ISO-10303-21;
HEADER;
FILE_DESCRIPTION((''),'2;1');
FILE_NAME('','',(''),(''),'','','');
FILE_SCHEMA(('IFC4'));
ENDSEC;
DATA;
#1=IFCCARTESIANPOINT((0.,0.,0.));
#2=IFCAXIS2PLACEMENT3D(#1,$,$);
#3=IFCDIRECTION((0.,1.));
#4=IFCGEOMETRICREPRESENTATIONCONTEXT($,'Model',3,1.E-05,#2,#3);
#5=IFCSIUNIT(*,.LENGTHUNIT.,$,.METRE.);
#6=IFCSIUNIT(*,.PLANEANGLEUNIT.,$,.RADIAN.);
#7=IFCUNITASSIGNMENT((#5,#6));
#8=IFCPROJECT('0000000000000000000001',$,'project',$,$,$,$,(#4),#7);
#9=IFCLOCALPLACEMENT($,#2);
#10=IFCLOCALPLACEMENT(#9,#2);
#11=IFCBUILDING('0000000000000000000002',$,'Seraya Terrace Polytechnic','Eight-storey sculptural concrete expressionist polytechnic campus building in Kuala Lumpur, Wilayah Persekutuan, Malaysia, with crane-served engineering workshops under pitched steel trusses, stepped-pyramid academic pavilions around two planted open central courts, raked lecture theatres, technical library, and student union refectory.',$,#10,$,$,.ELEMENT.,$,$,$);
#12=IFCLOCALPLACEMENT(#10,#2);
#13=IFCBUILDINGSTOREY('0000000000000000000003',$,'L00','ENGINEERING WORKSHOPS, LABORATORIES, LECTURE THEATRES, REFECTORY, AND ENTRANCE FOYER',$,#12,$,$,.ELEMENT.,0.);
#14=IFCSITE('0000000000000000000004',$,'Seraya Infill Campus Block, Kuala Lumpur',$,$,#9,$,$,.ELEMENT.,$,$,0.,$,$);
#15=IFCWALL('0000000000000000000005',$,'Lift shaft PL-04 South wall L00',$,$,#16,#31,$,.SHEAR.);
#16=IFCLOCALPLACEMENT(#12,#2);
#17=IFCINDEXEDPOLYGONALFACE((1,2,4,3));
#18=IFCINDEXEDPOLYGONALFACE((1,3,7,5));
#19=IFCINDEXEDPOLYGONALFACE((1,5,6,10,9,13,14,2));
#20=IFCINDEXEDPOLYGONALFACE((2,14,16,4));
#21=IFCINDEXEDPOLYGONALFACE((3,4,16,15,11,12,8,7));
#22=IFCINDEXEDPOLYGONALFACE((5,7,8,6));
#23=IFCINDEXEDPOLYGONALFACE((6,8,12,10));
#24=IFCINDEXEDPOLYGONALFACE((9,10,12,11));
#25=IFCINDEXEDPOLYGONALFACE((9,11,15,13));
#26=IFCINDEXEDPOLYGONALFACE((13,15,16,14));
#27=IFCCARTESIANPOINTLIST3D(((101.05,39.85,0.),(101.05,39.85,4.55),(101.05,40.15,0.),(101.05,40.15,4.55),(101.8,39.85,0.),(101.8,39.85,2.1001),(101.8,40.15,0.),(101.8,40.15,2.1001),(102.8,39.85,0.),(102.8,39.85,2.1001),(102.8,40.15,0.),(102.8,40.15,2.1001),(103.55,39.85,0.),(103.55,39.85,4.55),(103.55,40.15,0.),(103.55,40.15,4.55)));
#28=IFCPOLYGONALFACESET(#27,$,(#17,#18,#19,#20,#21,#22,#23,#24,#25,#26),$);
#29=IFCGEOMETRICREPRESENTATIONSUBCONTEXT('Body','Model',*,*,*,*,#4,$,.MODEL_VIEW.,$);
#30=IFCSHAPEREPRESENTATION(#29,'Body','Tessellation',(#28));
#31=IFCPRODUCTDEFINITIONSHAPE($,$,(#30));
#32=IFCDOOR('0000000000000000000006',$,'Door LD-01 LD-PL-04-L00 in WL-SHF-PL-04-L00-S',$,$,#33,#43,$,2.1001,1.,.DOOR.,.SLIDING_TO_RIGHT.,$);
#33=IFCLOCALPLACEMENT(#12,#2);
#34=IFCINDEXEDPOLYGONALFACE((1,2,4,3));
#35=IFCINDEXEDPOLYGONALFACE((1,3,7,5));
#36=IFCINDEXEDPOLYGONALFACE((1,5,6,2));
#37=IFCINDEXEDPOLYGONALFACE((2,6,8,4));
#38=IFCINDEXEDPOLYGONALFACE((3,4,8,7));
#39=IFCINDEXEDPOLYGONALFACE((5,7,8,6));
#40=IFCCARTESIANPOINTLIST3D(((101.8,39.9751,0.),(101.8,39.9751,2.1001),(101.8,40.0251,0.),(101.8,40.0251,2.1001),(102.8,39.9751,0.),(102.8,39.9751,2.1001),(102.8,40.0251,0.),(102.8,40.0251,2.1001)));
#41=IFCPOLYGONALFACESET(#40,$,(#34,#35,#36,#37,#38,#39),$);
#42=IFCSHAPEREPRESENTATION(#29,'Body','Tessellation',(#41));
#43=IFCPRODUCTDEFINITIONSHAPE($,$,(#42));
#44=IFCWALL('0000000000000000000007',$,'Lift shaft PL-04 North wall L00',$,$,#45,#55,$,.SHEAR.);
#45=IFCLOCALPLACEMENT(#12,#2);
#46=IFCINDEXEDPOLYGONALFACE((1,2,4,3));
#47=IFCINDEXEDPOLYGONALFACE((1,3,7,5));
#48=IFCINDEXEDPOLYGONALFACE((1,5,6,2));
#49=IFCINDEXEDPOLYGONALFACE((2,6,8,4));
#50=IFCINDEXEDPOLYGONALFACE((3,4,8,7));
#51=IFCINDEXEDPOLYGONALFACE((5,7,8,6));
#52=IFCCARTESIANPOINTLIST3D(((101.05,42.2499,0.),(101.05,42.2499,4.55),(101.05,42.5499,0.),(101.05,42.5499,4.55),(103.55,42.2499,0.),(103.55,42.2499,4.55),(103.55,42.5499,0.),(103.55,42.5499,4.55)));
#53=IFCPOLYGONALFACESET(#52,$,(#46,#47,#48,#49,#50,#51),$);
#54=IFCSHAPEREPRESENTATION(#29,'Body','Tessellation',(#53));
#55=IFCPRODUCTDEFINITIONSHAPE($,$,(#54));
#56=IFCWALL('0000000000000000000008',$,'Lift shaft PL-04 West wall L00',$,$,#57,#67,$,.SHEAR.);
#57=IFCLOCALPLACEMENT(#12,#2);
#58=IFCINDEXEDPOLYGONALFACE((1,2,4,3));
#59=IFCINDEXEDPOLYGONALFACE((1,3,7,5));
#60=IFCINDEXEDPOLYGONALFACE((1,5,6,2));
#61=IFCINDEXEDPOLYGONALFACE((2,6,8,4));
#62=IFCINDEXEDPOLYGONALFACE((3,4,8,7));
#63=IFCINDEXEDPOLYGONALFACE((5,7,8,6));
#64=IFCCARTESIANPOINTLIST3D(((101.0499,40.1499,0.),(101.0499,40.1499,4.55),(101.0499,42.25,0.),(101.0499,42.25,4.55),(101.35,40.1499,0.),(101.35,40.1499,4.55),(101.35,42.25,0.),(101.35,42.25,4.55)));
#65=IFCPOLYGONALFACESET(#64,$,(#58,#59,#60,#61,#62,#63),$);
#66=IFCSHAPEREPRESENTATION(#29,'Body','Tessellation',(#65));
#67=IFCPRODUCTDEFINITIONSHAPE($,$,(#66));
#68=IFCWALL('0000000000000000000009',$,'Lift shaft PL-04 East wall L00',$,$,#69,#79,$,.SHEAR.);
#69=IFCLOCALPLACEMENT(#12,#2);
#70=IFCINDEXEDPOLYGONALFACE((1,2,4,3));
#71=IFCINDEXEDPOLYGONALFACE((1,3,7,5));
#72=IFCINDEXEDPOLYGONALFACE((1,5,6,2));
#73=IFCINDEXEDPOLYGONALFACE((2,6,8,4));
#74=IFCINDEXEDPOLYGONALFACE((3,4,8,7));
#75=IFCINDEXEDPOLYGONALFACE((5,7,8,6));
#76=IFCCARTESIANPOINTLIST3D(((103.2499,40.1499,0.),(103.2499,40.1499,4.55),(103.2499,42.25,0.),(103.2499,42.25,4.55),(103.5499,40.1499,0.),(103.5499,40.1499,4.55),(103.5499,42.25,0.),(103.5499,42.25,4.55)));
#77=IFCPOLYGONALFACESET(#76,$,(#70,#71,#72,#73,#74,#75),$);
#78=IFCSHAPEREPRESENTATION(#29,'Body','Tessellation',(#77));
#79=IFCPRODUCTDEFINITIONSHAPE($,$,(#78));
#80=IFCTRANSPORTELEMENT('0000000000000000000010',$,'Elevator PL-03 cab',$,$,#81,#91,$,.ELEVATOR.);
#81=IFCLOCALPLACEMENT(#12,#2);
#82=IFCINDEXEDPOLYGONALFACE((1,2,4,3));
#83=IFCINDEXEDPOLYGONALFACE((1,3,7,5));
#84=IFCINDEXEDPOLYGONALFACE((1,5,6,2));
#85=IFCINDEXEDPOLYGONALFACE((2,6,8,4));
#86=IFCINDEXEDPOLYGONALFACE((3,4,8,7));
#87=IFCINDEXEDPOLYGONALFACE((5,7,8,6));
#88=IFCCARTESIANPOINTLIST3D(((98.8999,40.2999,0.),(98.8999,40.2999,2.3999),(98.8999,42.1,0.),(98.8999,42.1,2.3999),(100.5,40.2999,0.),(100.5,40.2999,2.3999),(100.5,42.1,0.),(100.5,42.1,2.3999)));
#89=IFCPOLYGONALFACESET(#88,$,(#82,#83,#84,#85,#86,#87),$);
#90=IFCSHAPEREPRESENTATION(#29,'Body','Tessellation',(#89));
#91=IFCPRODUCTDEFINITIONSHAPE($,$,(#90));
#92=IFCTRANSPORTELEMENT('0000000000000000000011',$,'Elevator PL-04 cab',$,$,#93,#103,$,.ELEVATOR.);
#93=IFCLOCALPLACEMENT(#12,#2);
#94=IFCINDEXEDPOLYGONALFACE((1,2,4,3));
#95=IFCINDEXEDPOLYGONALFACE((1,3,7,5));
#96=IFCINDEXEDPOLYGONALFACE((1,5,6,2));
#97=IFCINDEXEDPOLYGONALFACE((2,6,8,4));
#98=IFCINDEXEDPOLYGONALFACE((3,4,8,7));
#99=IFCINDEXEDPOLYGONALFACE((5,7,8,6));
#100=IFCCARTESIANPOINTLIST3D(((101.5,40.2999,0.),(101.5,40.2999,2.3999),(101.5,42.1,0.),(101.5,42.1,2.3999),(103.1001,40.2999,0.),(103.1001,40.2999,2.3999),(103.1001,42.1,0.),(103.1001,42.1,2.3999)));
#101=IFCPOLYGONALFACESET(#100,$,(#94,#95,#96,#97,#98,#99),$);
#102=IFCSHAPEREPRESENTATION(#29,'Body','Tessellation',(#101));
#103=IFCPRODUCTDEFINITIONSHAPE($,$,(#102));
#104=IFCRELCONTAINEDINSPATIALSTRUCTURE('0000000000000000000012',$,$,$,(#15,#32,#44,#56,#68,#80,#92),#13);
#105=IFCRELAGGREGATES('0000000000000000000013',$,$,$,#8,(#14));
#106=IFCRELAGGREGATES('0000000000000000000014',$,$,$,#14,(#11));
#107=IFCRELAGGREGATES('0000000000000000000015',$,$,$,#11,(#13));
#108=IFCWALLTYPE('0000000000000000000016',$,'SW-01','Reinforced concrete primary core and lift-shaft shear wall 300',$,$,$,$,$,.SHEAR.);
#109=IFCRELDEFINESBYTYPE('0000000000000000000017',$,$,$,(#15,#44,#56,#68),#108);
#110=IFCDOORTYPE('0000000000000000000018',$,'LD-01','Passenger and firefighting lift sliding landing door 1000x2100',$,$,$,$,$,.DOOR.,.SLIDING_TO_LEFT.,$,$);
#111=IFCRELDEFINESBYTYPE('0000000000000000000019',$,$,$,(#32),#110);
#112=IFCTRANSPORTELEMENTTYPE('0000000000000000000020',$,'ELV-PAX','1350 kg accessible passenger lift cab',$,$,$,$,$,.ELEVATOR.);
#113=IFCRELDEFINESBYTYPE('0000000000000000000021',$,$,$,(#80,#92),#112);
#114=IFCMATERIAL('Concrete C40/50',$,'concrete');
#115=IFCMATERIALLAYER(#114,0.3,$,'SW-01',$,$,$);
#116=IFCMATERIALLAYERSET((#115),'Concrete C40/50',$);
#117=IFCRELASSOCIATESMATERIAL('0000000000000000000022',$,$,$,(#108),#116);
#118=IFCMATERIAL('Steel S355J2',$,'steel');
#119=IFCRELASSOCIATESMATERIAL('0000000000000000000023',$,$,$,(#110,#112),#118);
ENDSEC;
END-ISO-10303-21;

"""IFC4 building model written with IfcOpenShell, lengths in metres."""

from ifc_helpers import new_model, si_unit, direction, frame, frame_2d, origin, origin_2d, place, context, subcontext, project, spatial, rectangle, extrude, material, layer, layer_set, type_object, element, fill, save


model = new_model("IFC4")

# Units and contexts
model_context = context("Model", 3, precision=1e-05, world=origin(), true_north=direction((0.0, 1.0)))
body_context = subcontext(model_context, "Body", "Model", "MODEL_VIEW")
ifc_project = project(units=[si_unit("LENGTHUNIT", "METRE"), si_unit("PLANEANGLEUNIT", "RADIAN")], contexts=[model_context])

# Site, building, storey
site_placement = place(None, origin())
site = spatial("IfcSite", under=ifc_project, at=site_placement, Name="Seraya Infill Campus Block, Kuala Lumpur", CompositionType="ELEMENT", RefElevation=0.0)
building_placement = place(site_placement, origin())
building = spatial("IfcBuilding", under=site, at=building_placement, Name="Seraya Terrace Polytechnic", Description="Eight-storey sculptural concrete expressionist polytechnic campus building in Kuala Lumpur, Wilayah Persekutuan, Malaysia, with crane-served engineering workshops under pitched steel trusses, stepped-pyramid academic pavilions around two planted open central courts, raked lecture theatres, technical library, and student union refectory.", CompositionType="ELEMENT")
storey_placement = place(building_placement, origin())
storey = spatial("IfcBuildingStorey", under=building, at=storey_placement, Name="L00", Description="ENGINEERING WORKSHOPS, LABORATORIES, LECTURE THEATRES, REFECTORY, AND ENTRANCE FOYER", CompositionType="ELEMENT", Elevation=0.0)

# Shared definitions
ifc_material_1 = material(Name="Concrete C40/50", Category="concrete")

# Shared definitions
ifc_layer_1 = layer(ifc_material_1, 0.3, Name="SW-01")
ifc_layer_set_1 = layer_set([ifc_layer_1], Name="Concrete C40/50")
wall_type_1 = type_object("IfcWallType", Name="SW-01", Description="Reinforced concrete primary core and lift-shaft shear wall 300", PredefinedType="SHEAR", material=ifc_layer_set_1)

# Wall, opening, door
wall_1_placement = place(storey_placement, frame((101.05, 40.0, 0.0), z_axis=(0.0, 0.0, 1.0), x_axis=(1.0, 0.0, 0.0)))
wall_1 = element("IfcWall", 1, at=wall_1_placement, inside=storey, type_object=wall_type_1, Name="Lift shaft PL-04 South wall L00", PredefinedType="SHEAR", context=body_context, shape_type="SweptSolid", body=[
    extrude(rectangle(XDim=2.5, YDim=0.3, at=frame_2d((1.25, 0.0))), origin(), (0.0, 0.0, 1.0), 4.55),
])
opening_placement = place(wall_1_placement, frame((0.75, 0.0, 0.0)))
opening = element("IfcOpeningElement", 2, at=opening_placement, cuts=wall_1, PredefinedType="OPENING", context=body_context, shape_type="SweptSolid", body=[
    extrude(rectangle(XDim=1.0, YDim=2.1001, at=frame_2d((0.5, 1.05))), frame((0.0, 0.1621, 0.0), z_axis=(0.0, -1.0, 0.0), x_axis=(1.0, 0.0, 0.0)), (0.0, 0.0, 1.0), 0.324),
])
ifc_material_2 = material(Name="Steel S355J2", Category="steel")
door_type = type_object("IfcDoorType", Name="LD-01", Description="Passenger and firefighting lift sliding landing door 1000x2100", OperationType="SLIDING_TO_LEFT", PredefinedType="DOOR", material=ifc_material_2)
door_placement = place(opening_placement, frame((1.0, 0.0, 0.0), z_axis=(0.0, 0.0, 1.0), x_axis=(-1.0, 0.0, 0.0)))
door = element("IfcDoor", 3, at=door_placement, inside=storey, type_object=door_type, Name="Door LD-01 LD-PL-04-L00 in WL-SHF-PL-04-L00-S", OperationType="SLIDING_TO_RIGHT", OverallHeight=2.1001, OverallWidth=1.0, PredefinedType="DOOR", context=body_context, shape_type="SweptSolid", body=[
    extrude(rectangle(XDim=1.0, YDim=2.1001, at=frame_2d((0.5, 1.05))), frame((0.0, 0.0249, 0.0), z_axis=(0.0, -1.0, 0.0), x_axis=(1.0, 0.0, 0.0)), (0.0, 0.0, 1.0), 0.05),
])
fill(opening, door)

# Walls
wall_2_placement = place(storey_placement, frame((101.05, 42.3999, 0.0), z_axis=(0.0, 0.0, 1.0), x_axis=(1.0, 0.0, 0.0)))
element("IfcWall", 4, at=wall_2_placement, inside=storey, type_object=wall_type_1, Name="Lift shaft PL-04 North wall L00", PredefinedType="SHEAR", context=body_context, shape_type="SweptSolid", body=[
    extrude(rectangle(XDim=2.5, YDim=0.3, at=frame_2d((1.25, 0.0))), origin(), (0.0, 0.0, 1.0), 4.55),
])
for number, where, z_axis, x_axis, name in (
    (5, (101.2, 40.1499, 0.0), (0.0, 0.0, 1.0), (0.0, 1.0, 0.0), "Lift shaft PL-04 West wall L00"),
    (6, (103.3999, 40.1499, 0.0), (0.0, 0.0, 1.0), (0.0, 1.0, 0.0), "Lift shaft PL-04 East wall L00"),
):
    element("IfcWall", number, at=place(storey_placement, frame(where, z_axis=z_axis, x_axis=x_axis)), inside=storey, type_object=wall_type_1, Name=name, PredefinedType="SHEAR", context=body_context, shape_type="SweptSolid", body=[
        extrude(rectangle(XDim=2.1001, YDim=0.3, at=frame_2d((1.05, 0.0))), origin(), (0.0, 0.0, 1.0), 4.55),
    ])

# Transport elements
transport_element_type = type_object("IfcTransportElementType", Name="ELV-PAX", Description="1350 kg accessible passenger lift cab", PredefinedType="ELEVATOR", material=ifc_material_2)
for number, where, z_axis, x_axis, name in (
    (7, (99.7, 41.2, 0.0), (0.0, 0.0, 1.0), (1.0, 0.0, 0.0), "Elevator PL-03 cab"),
    (8, (102.3, 41.2, 0.0), (0.0, 0.0, 1.0), (1.0, 0.0, 0.0), "Elevator PL-04 cab"),
):
    element("IfcTransportElement", number, at=place(storey_placement, frame(where, z_axis=z_axis, x_axis=x_axis)), inside=storey, type_object=transport_element_type, Name=name, PredefinedType="ELEVATOR", context=body_context, shape_type="SweptSolid", body=[
        extrude(rectangle(XDim=1.6001, YDim=1.8, at=origin_2d()), origin(), (0.0, 0.0, 1.0), 2.3999),
    ])

save(model, "model.ifc")
